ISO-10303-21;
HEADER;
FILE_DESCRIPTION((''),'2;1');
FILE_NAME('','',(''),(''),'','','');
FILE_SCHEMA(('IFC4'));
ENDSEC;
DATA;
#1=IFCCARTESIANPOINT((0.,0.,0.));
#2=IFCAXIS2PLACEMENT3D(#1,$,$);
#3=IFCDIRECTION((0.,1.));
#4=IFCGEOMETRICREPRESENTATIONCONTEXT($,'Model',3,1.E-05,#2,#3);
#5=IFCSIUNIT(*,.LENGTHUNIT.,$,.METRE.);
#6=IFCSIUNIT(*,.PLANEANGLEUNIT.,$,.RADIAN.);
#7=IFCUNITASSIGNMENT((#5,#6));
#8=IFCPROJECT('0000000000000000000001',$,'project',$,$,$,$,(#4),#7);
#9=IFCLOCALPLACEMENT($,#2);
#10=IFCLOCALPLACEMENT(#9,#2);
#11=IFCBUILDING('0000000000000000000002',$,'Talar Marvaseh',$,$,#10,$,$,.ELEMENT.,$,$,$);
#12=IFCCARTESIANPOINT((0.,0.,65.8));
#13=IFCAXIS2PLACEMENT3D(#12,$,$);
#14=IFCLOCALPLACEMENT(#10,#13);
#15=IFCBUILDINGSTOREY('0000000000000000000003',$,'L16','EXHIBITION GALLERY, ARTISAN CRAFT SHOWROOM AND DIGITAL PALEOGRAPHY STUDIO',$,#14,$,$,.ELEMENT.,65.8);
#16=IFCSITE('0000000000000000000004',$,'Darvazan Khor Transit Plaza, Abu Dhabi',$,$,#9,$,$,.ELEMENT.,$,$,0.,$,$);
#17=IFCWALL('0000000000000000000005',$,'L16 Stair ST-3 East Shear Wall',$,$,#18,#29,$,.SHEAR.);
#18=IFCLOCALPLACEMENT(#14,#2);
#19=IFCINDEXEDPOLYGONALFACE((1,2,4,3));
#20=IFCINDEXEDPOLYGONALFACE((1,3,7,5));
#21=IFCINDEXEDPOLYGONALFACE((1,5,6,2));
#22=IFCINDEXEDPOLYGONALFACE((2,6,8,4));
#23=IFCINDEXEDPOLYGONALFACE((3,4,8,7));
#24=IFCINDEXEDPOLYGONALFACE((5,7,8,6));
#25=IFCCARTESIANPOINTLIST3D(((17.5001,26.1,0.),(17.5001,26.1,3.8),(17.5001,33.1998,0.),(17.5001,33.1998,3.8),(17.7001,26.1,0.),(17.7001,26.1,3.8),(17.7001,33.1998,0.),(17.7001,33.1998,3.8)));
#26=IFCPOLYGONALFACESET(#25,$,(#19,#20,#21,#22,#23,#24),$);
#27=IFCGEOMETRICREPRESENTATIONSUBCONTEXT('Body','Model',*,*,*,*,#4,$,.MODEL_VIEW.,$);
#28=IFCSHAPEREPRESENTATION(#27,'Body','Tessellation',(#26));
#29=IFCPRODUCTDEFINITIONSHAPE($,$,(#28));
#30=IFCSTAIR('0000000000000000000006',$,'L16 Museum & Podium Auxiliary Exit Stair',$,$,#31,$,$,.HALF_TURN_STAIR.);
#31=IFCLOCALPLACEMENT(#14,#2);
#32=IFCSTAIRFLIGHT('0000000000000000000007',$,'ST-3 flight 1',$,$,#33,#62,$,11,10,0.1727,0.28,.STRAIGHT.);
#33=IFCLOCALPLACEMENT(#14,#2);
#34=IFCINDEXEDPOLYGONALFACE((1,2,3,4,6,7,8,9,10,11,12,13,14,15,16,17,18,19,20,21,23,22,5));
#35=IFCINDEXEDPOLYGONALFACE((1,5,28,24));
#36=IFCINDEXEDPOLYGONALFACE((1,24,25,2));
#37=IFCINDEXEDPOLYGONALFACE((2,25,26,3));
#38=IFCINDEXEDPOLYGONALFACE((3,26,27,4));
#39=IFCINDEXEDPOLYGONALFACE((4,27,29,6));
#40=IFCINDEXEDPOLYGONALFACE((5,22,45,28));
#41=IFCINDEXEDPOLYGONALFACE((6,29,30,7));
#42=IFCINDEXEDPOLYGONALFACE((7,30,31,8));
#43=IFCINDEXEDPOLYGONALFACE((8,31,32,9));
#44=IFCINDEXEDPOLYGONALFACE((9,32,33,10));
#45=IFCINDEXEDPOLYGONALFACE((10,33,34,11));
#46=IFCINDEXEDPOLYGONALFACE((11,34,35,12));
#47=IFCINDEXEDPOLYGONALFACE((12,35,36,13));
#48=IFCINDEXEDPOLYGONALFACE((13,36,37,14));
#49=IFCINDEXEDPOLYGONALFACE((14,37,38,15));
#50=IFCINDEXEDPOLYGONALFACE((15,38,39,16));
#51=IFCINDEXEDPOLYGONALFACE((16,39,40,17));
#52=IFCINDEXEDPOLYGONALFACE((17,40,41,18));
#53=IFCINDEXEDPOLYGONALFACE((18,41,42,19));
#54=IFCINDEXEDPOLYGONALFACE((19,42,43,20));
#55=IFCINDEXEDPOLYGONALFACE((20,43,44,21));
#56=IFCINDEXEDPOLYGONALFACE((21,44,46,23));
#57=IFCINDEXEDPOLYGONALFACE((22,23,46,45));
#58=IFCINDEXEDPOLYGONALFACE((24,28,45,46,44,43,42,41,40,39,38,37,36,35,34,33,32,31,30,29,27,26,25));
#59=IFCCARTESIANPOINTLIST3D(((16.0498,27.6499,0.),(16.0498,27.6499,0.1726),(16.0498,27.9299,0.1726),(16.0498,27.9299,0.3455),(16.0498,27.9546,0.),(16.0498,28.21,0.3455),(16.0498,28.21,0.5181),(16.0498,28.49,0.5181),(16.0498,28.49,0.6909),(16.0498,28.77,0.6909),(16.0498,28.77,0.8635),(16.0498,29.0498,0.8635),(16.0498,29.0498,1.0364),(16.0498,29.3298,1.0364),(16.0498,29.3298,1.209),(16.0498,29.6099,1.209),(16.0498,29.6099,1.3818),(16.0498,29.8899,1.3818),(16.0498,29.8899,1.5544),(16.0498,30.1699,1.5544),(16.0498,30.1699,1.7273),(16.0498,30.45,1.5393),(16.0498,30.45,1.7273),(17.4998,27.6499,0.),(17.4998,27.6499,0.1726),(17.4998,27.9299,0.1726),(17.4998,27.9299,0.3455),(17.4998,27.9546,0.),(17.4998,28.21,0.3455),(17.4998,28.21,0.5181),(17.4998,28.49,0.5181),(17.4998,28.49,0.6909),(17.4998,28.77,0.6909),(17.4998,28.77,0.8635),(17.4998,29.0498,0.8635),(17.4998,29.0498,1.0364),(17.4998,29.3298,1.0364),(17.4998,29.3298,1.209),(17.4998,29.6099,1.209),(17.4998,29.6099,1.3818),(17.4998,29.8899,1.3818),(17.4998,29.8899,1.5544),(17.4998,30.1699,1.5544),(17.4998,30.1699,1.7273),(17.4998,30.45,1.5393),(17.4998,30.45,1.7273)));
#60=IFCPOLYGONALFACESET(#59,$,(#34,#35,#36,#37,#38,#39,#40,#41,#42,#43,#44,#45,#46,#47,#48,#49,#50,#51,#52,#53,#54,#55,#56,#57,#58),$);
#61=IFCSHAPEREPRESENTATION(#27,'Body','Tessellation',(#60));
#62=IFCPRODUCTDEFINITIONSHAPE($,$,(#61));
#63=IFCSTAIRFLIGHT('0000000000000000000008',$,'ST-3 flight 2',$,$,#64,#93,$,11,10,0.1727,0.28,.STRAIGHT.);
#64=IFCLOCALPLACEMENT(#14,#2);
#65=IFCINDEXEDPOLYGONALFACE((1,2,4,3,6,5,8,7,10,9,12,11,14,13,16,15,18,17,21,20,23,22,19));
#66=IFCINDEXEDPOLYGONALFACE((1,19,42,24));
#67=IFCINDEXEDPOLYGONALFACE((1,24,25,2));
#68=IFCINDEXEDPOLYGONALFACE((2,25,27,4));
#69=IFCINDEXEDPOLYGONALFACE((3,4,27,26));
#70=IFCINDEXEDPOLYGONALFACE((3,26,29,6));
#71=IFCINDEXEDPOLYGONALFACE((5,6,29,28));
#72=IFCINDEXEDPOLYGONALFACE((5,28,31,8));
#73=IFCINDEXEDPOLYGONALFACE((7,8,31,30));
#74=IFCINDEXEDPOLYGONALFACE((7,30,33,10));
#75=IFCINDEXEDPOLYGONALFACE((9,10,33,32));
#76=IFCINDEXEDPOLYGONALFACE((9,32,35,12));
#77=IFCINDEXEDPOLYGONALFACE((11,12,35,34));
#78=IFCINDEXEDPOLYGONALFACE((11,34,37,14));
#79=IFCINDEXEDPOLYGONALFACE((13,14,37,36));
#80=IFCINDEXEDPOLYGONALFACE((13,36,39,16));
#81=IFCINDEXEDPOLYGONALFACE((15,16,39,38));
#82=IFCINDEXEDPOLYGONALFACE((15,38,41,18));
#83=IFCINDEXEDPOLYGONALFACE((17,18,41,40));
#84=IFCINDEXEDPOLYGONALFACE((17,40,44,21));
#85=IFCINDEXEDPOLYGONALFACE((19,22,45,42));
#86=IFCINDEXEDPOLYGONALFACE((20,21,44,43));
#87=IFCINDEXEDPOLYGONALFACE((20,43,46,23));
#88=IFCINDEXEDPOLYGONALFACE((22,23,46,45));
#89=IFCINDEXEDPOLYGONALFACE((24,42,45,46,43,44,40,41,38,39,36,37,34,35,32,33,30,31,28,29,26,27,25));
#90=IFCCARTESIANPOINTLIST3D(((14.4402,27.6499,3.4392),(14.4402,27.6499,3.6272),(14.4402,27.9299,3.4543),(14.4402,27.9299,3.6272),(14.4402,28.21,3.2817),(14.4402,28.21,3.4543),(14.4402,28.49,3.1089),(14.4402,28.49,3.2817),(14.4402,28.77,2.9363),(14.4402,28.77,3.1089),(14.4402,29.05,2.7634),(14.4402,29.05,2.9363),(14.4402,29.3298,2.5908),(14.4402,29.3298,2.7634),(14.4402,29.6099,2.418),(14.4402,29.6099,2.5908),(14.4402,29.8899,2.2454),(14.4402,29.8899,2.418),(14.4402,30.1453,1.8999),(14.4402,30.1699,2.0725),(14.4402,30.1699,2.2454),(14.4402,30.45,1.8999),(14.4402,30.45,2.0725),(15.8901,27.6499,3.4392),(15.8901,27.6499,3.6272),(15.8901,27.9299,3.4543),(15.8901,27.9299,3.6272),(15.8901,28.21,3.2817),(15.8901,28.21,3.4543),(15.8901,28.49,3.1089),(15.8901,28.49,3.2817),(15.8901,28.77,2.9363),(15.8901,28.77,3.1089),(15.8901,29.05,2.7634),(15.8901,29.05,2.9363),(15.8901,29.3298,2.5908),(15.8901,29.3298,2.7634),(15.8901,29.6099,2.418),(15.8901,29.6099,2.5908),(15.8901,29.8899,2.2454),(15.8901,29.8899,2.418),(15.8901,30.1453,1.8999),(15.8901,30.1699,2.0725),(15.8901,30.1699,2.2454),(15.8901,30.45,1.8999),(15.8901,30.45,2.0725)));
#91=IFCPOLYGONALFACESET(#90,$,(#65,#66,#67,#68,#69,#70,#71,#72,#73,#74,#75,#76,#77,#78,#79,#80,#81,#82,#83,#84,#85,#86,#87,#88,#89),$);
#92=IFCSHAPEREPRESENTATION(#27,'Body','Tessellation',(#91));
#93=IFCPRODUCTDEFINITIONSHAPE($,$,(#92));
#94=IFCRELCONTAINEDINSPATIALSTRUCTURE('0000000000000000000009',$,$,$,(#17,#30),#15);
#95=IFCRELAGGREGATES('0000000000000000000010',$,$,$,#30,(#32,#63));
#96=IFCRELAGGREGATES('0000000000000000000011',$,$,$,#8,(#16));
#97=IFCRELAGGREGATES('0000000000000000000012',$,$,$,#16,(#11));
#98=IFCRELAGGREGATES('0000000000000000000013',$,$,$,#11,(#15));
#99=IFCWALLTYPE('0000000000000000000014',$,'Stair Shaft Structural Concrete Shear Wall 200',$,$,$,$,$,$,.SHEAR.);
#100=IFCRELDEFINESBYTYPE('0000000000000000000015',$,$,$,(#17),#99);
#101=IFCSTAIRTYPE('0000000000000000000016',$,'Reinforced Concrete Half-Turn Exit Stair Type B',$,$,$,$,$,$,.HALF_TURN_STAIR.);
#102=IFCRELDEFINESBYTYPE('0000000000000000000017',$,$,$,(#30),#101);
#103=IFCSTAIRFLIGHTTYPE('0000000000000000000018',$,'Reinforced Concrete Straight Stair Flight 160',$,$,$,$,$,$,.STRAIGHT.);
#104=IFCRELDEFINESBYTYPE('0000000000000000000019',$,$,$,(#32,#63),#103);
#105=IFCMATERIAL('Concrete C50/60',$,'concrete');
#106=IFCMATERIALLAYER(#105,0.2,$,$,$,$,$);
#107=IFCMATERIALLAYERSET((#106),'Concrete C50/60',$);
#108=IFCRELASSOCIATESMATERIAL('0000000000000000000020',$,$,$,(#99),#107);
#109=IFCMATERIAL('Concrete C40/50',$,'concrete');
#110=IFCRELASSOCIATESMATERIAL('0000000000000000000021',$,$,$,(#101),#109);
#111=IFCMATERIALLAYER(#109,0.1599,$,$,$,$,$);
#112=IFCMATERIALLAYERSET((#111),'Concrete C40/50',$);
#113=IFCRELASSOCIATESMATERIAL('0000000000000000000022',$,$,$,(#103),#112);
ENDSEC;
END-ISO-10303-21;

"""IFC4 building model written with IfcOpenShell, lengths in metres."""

from ifc_helpers import new_model, si_unit, direction, frame, frame_2d, origin, place, context, subcontext, project, spatial, polyline, rectangle, outline, extrude, material, layer, layer_set, type_object, element, aggregate, save


model = new_model("IFC4")

# Units and contexts
model_context = context("Model", 3, precision=1e-05, world=origin(), true_north=direction((0.0, 1.0)))
body_context = subcontext(model_context, "Body", "Model", "MODEL_VIEW")
ifc_project = project(units=[si_unit("LENGTHUNIT", "METRE"), si_unit("PLANEANGLEUNIT", "RADIAN")], contexts=[model_context])

# Site, building, storey
site_placement = place(None, origin())
site = spatial("IfcSite", under=ifc_project, at=site_placement, Name="Darvazan Khor Transit Plaza, Abu Dhabi", CompositionType="ELEMENT", RefElevation=0.0)
building_placement = place(site_placement, origin())
building = spatial("IfcBuilding", under=site, at=building_placement, Name="Talar Marvaseh", CompositionType="ELEMENT")
storey_placement = place(building_placement, frame((0.0, 0.0, 65.8)))
storey = spatial("IfcBuildingStorey", under=building, at=storey_placement, Name="L16", Description="EXHIBITION GALLERY, ARTISAN CRAFT SHOWROOM AND DIGITAL PALEOGRAPHY STUDIO", CompositionType="ELEMENT", Elevation=65.8)

# Shared definitions
ifc_material_1 = material(Name="Concrete C40/50", Category="concrete")

# Shared definitions
ifc_material_2 = material(Name="Concrete C50/60", Category="concrete")
ifc_layer_1 = layer(ifc_material_2, 0.2)
ifc_layer_set_1 = layer_set([ifc_layer_1], Name="Concrete C50/60")
wall_type_1 = type_object("IfcWallType", Name="Stair Shaft Structural Concrete Shear Wall 200", PredefinedType="SHEAR", material=ifc_layer_set_1)

# Wall
for number, where, z_axis, x_axis, name in (
    (1, (17.6001, 26.1001, 0.0), (0.0, 0.0, 1.0), (0.0, 1.0, 0.0), "L16 Stair ST-3 East Shear Wall"),
):
    element("IfcWall", number, at=place(storey_placement, frame(where, z_axis=z_axis, x_axis=x_axis)), inside=storey, type_object=wall_type_1, Name=name, PredefinedType="SHEAR", context=body_context, shape_type="SweptSolid", body=[
        extrude(rectangle(XDim=7.0999, YDim=0.2, at=frame_2d((3.5498, 0.0))), origin(), (0.0, 0.0, 1.0), 3.8),
    ])

# Stair, stair flights
stair_type = type_object("IfcStairType", Name="Reinforced Concrete Half-Turn Exit Stair Type B", PredefinedType="HALF_TURN_STAIR", material=ifc_material_1)
stair_placement = place(storey_placement, origin())
stair = element("IfcStair", 2, at=stair_placement, inside=storey, type_object=stair_type, Name="L16 Museum & Podium Auxiliary Exit Stair", PredefinedType="HALF_TURN_STAIR")
ifc_layer_2 = layer(ifc_material_1, 0.1599)
ifc_layer_set_2 = layer_set([ifc_layer_2], Name="Concrete C40/50")
stair_flight_type = type_object("IfcStairFlightType", Name="Reinforced Concrete Straight Stair Flight 160", PredefinedType="STRAIGHT", material=ifc_layer_set_2)
stair_flight_1_placement = place(storey_placement, frame((16.7749, 27.6499, 0.0), z_axis=(0.0, 0.0, 1.0), x_axis=(0.0, 1.0, 0.0)))
stair_flight_1 = element("IfcStairFlight", 3, at=stair_flight_1_placement, type_object=stair_flight_type, Name="ST-3 flight 1", NumberOfRisers=11, NumberOfTreads=10, PredefinedType="STRAIGHT", RiserHeight=0.1727, TreadLength=0.28, context=body_context, shape_type="SweptSolid", body=[
    extrude(outline(polyline([(0.0, 0.0), (0.0, 0.1726), (0.28, 0.1726), (0.28, 0.3455), (0.5601, 0.3455), (0.5601, 0.5181), (0.8401, 0.5181), (0.8401, 0.6909), (1.1201, 0.6909), (1.1201, 0.8635), (1.3999, 0.8635), (1.3999, 1.0364), (1.6799, 1.0364), (1.6799, 1.209), (1.96, 1.209), (1.96, 1.3818), (2.24, 1.3818), (2.24, 1.5544), (2.52, 1.5544), (2.52, 1.7273), (2.8, 1.7273), (2.8, 1.8999), (2.8, 1.5393), (0.3047, 0.0), (0.0, 0.0)])), frame((0.0, 0.7251, 0.0), z_axis=(0.0, -1.0, 0.0), x_axis=(1.0, 0.0, 0.0)), (0.0, 0.0, 1.0), 1.45),
])
stair_flight_2_placement = place(storey_placement, frame((15.165, 30.45, 1.8999), z_axis=(0.0, 0.0, 1.0), x_axis=(0.0, -1.0, 0.0)))
stair_flight_2 = element("IfcStairFlight", 4, at=stair_flight_2_placement, type_object=stair_flight_type, Name="ST-3 flight 2", NumberOfRisers=11, NumberOfTreads=10, PredefinedType="STRAIGHT", RiserHeight=0.1727, TreadLength=0.28, context=body_context, shape_type="SweptSolid", body=[
    extrude(outline(polyline([(0.0, 0.0), (0.0, 0.1726), (0.28, 0.1726), (0.28, 0.3455), (0.5601, 0.3455), (0.5601, 0.5181), (0.8401, 0.5181), (0.8401, 0.6909), (1.1201, 0.6909), (1.1201, 0.8635), (1.3999, 0.8635), (1.3999, 1.0364), (1.6799, 1.0364), (1.6799, 1.209), (1.96, 1.209), (1.96, 1.3818), (2.24, 1.3818), (2.24, 1.5544), (2.52, 1.5544), (2.52, 1.7273), (2.8, 1.7273), (2.8, 1.8999), (2.8, 1.5393), (0.3047, 0.0), (0.0, 0.0)])), frame((0.0, 0.7251, 0.0), z_axis=(0.0, -1.0, 0.0), x_axis=(1.0, 0.0, 0.0)), (0.0, 0.0, 1.0), 1.45),
])
aggregate(stair, [stair_flight_1, stair_flight_2])

save(model, "model.ifc")
